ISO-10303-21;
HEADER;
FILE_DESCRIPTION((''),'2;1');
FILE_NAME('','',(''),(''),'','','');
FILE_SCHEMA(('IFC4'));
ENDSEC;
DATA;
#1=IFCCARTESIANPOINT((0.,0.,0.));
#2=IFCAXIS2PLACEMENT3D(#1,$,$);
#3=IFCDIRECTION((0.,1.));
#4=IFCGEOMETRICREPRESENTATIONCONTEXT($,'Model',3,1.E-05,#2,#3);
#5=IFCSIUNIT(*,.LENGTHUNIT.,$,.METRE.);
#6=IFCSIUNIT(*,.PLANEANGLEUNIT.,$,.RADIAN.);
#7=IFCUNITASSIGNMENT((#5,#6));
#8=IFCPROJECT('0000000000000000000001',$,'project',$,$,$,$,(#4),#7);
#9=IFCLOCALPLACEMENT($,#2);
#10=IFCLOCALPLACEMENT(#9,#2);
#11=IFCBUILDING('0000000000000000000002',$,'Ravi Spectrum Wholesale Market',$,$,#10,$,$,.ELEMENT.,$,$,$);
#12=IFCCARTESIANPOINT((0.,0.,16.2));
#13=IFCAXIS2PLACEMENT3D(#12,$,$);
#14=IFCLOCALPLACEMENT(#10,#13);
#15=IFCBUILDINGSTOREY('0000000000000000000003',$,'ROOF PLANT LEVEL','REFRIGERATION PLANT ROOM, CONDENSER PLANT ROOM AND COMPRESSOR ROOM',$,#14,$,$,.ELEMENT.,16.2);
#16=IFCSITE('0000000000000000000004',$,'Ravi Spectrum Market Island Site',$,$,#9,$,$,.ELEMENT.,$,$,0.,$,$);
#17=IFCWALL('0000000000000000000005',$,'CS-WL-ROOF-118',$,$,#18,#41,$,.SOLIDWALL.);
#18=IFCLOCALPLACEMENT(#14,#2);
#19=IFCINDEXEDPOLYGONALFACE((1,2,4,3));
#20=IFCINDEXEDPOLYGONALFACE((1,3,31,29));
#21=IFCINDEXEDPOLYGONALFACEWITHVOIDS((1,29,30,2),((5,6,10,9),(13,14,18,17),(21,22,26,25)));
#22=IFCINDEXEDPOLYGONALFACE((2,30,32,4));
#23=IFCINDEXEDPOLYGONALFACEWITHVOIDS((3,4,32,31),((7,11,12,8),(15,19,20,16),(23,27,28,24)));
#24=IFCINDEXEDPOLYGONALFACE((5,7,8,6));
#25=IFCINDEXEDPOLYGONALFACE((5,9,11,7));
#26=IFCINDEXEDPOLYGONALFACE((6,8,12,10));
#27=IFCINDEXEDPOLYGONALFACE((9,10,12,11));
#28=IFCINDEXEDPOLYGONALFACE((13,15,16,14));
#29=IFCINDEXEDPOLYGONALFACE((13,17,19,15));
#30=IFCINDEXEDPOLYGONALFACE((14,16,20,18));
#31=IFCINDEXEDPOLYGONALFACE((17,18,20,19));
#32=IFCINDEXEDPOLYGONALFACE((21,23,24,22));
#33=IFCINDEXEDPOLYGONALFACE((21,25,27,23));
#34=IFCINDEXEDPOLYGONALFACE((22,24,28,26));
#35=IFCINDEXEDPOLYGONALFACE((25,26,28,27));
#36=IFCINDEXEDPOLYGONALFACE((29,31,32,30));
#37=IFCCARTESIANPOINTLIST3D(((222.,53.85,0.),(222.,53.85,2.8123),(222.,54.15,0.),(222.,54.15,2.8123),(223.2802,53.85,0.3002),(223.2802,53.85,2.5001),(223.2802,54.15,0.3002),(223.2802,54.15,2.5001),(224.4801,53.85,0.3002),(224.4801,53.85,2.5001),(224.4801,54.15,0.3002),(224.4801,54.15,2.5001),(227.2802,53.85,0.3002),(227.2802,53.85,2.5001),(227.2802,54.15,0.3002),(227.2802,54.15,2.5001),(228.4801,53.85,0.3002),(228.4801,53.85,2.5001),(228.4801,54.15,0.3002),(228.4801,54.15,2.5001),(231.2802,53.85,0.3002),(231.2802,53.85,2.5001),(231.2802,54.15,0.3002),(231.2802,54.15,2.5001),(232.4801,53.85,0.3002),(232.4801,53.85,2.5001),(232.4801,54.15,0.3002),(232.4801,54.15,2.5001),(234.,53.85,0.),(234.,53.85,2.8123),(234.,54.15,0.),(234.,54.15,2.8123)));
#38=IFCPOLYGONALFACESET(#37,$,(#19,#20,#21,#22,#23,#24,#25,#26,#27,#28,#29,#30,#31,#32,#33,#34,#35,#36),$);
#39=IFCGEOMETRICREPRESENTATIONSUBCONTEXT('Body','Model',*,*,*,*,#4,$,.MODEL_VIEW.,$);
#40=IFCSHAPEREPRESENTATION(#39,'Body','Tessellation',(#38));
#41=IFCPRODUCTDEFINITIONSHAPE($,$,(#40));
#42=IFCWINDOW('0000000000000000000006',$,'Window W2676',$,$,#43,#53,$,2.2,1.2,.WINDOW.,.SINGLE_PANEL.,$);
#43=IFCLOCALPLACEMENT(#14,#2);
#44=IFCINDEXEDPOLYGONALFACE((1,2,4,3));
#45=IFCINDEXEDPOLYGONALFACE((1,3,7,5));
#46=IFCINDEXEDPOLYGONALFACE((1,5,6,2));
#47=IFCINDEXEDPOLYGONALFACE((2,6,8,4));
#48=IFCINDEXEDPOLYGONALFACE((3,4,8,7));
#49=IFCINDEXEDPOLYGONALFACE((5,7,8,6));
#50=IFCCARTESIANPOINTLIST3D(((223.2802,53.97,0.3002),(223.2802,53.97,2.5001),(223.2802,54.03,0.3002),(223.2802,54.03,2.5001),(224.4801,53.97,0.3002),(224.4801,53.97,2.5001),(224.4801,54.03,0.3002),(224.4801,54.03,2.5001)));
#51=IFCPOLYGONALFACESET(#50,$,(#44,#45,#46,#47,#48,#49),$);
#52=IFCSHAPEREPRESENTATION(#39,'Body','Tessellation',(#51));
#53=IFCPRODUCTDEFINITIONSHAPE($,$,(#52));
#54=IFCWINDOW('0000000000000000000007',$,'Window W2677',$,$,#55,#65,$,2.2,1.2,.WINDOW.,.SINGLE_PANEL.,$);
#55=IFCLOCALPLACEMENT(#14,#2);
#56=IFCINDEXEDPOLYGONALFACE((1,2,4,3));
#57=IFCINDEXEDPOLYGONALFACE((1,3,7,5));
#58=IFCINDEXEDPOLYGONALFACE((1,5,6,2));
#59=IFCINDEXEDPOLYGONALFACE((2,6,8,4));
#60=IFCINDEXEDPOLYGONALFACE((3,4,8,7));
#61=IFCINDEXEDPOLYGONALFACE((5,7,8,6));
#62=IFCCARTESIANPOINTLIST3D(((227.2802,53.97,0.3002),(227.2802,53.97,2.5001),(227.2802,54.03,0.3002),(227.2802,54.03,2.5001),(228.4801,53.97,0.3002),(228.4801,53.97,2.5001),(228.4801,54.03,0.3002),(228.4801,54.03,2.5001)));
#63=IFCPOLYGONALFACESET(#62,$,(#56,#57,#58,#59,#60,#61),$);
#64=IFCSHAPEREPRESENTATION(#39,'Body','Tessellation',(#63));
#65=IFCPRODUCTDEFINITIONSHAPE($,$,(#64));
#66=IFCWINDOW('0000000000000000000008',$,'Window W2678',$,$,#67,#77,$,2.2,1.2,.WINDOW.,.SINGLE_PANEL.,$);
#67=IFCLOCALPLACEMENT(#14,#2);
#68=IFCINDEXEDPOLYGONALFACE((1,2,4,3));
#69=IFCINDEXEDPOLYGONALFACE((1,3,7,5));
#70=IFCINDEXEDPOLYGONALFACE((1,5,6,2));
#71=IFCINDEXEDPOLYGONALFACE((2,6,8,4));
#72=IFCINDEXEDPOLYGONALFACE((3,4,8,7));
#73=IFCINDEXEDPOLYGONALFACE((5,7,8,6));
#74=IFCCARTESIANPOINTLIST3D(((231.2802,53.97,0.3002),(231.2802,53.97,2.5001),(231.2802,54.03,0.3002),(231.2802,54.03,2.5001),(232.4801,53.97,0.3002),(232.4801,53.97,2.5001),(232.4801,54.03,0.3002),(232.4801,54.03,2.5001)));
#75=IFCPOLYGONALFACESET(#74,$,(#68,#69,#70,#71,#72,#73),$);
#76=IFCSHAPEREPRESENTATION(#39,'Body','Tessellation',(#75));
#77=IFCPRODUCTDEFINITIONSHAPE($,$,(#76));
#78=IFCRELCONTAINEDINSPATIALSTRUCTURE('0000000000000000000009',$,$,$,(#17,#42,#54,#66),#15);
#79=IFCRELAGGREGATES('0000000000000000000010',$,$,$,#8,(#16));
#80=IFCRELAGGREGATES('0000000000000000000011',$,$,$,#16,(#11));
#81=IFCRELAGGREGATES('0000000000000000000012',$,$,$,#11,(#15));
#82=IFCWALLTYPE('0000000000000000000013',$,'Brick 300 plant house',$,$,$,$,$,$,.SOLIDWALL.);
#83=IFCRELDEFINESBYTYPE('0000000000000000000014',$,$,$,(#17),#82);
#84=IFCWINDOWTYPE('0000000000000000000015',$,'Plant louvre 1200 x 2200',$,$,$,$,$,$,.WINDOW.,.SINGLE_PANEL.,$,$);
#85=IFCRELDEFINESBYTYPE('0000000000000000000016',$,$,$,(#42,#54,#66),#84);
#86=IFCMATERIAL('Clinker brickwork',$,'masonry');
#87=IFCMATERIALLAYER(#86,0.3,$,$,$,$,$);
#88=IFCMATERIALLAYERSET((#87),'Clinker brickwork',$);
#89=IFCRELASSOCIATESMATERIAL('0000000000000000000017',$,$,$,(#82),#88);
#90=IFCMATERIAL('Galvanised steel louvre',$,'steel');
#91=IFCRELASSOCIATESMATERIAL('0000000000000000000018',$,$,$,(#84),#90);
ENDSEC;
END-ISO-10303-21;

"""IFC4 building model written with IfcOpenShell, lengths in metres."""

from ifc_helpers import new_model, si_unit, direction, frame, frame_2d, origin, place, context, subcontext, project, spatial, rectangle, extrude, material, layer, layer_set, type_object, element, fill, save


model = new_model("IFC4")

# Units and contexts
model_context = context("Model", 3, precision=1e-05, world=origin(), true_north=direction((0.0, 1.0)))
body_context = subcontext(model_context, "Body", "Model", "MODEL_VIEW")
ifc_project = project(units=[si_unit("LENGTHUNIT", "METRE"), si_unit("PLANEANGLEUNIT", "RADIAN")], contexts=[model_context])

# Site, building, storey
site_placement = place(None, origin())
site = spatial("IfcSite", under=ifc_project, at=site_placement, Name="Ravi Spectrum Market Island Site", CompositionType="ELEMENT", RefElevation=0.0)
building_placement = place(site_placement, origin())
building = spatial("IfcBuilding", under=site, at=building_placement, Name="Ravi Spectrum Wholesale Market", CompositionType="ELEMENT")
storey_placement = place(building_placement, frame((0.0, 0.0, 16.2)))
storey = spatial("IfcBuildingStorey", under=building, at=storey_placement, Name="ROOF PLANT LEVEL", Description="REFRIGERATION PLANT ROOM, CONDENSER PLANT ROOM AND COMPRESSOR ROOM", CompositionType="ELEMENT", Elevation=16.2)

# Wall, openings, windows
ifc_material_1 = material(Name="Clinker brickwork", Category="masonry")
ifc_layer_1 = layer(ifc_material_1, 0.3)
ifc_layer_set_1 = layer_set([ifc_layer_1], Name="Clinker brickwork")
wall_type = type_object("IfcWallType", Name="Brick 300 plant house", PredefinedType="SOLIDWALL", material=ifc_layer_set_1)
wall_placement = place(storey_placement, frame((222.0, 54.0, 0.0), z_axis=(0.0, 0.0, 1.0), x_axis=(1.0, 0.0, 0.0)))
wall = element("IfcWall", 1, at=wall_placement, inside=storey, type_object=wall_type, Name="CS-WL-ROOF-118", PredefinedType="SOLIDWALL", context=body_context, shape_type="SweptSolid", body=[
    extrude(rectangle(XDim=12.0, YDim=0.3, at=frame_2d((6.0, 0.0))), origin(), (0.0, 0.0, 1.0), 2.8123),
])
opening_1_placement = place(wall_placement, frame((1.28, 0.0, 0.3)))
opening_1 = element("IfcOpeningElement", 2, at=opening_1_placement, cuts=wall, PredefinedType="OPENING", context=body_context, shape_type="SweptSolid", body=[
    extrude(rectangle(XDim=1.2, YDim=2.2, at=frame_2d((0.6001, 1.1001))), frame((0.0, 0.1599, 0.0), z_axis=(0.0, -1.0, 0.0), x_axis=(1.0, 0.0, 0.0)), (0.0, 0.0, 1.0), 0.3201),
])
opening_2_placement = place(wall_placement, frame((5.28, 0.0, 0.3)))
opening_2 = element("IfcOpeningElement", 3, at=opening_2_placement, cuts=wall, PredefinedType="OPENING", context=body_context, shape_type="SweptSolid", body=[
    extrude(rectangle(XDim=1.2, YDim=2.2, at=frame_2d((0.6001, 1.1001))), frame((0.0, 0.1599, 0.0), z_axis=(0.0, -1.0, 0.0), x_axis=(1.0, 0.0, 0.0)), (0.0, 0.0, 1.0), 0.3201),
])
opening_3_placement = place(wall_placement, frame((9.28, 0.0, 0.3)))
opening_3 = element("IfcOpeningElement", 4, at=opening_3_placement, cuts=wall, PredefinedType="OPENING", context=body_context, shape_type="SweptSolid", body=[
    extrude(rectangle(XDim=1.2, YDim=2.2, at=frame_2d((0.6001, 1.1001))), frame((0.0, 0.1599, 0.0), z_axis=(0.0, -1.0, 0.0), x_axis=(1.0, 0.0, 0.0)), (0.0, 0.0, 1.0), 0.3201),
])
ifc_material_2 = material(Name="Galvanised steel louvre", Category="steel")
window_type = type_object("IfcWindowType", Name="Plant louvre 1200 x 2200", PartitioningType="SINGLE_PANEL", PredefinedType="WINDOW", material=ifc_material_2)
window_1_placement = place(opening_1_placement, origin())
window_1 = element("IfcWindow", 5, at=window_1_placement, inside=storey, type_object=window_type, Name="Window W2676", OverallHeight=2.2, OverallWidth=1.2, PartitioningType="SINGLE_PANEL", PredefinedType="WINDOW", context=body_context, shape_type="SweptSolid", body=[
    extrude(rectangle(XDim=1.2, YDim=2.2, at=frame_2d((0.6001, 1.1001))), frame((0.0, 0.03, 0.0), z_axis=(0.0, -1.0, 0.0), x_axis=(1.0, 0.0, 0.0)), (0.0, 0.0, 1.0), 0.0601),
])
fill(opening_1, window_1)
window_2_placement = place(opening_2_placement, origin())
window_2 = element("IfcWindow", 6, at=window_2_placement, inside=storey, type_object=window_type, Name="Window W2677", OverallHeight=2.2, OverallWidth=1.2, PartitioningType="SINGLE_PANEL", PredefinedType="WINDOW", context=body_context, shape_type="SweptSolid", body=[
    extrude(rectangle(XDim=1.2, YDim=2.2, at=frame_2d((0.6001, 1.1001))), frame((0.0, 0.03, 0.0), z_axis=(0.0, -1.0, 0.0), x_axis=(1.0, 0.0, 0.0)), (0.0, 0.0, 1.0), 0.0601),
])
fill(opening_2, window_2)
window_3_placement = place(opening_3_placement, origin())
window_3 = element("IfcWindow", 7, at=window_3_placement, inside=storey, type_object=window_type, Name="Window W2678", OverallHeight=2.2, OverallWidth=1.2, PartitioningType="SINGLE_PANEL", PredefinedType="WINDOW", context=body_context, shape_type="SweptSolid", body=[
    extrude(rectangle(XDim=1.2, YDim=2.2, at=frame_2d((0.6001, 1.1001))), frame((0.0, 0.03, 0.0), z_axis=(0.0, -1.0, 0.0), x_axis=(1.0, 0.0, 0.0)), (0.0, 0.0, 1.0), 0.0601),
])
fill(opening_3, window_3)

save(model, "model.ifc")
